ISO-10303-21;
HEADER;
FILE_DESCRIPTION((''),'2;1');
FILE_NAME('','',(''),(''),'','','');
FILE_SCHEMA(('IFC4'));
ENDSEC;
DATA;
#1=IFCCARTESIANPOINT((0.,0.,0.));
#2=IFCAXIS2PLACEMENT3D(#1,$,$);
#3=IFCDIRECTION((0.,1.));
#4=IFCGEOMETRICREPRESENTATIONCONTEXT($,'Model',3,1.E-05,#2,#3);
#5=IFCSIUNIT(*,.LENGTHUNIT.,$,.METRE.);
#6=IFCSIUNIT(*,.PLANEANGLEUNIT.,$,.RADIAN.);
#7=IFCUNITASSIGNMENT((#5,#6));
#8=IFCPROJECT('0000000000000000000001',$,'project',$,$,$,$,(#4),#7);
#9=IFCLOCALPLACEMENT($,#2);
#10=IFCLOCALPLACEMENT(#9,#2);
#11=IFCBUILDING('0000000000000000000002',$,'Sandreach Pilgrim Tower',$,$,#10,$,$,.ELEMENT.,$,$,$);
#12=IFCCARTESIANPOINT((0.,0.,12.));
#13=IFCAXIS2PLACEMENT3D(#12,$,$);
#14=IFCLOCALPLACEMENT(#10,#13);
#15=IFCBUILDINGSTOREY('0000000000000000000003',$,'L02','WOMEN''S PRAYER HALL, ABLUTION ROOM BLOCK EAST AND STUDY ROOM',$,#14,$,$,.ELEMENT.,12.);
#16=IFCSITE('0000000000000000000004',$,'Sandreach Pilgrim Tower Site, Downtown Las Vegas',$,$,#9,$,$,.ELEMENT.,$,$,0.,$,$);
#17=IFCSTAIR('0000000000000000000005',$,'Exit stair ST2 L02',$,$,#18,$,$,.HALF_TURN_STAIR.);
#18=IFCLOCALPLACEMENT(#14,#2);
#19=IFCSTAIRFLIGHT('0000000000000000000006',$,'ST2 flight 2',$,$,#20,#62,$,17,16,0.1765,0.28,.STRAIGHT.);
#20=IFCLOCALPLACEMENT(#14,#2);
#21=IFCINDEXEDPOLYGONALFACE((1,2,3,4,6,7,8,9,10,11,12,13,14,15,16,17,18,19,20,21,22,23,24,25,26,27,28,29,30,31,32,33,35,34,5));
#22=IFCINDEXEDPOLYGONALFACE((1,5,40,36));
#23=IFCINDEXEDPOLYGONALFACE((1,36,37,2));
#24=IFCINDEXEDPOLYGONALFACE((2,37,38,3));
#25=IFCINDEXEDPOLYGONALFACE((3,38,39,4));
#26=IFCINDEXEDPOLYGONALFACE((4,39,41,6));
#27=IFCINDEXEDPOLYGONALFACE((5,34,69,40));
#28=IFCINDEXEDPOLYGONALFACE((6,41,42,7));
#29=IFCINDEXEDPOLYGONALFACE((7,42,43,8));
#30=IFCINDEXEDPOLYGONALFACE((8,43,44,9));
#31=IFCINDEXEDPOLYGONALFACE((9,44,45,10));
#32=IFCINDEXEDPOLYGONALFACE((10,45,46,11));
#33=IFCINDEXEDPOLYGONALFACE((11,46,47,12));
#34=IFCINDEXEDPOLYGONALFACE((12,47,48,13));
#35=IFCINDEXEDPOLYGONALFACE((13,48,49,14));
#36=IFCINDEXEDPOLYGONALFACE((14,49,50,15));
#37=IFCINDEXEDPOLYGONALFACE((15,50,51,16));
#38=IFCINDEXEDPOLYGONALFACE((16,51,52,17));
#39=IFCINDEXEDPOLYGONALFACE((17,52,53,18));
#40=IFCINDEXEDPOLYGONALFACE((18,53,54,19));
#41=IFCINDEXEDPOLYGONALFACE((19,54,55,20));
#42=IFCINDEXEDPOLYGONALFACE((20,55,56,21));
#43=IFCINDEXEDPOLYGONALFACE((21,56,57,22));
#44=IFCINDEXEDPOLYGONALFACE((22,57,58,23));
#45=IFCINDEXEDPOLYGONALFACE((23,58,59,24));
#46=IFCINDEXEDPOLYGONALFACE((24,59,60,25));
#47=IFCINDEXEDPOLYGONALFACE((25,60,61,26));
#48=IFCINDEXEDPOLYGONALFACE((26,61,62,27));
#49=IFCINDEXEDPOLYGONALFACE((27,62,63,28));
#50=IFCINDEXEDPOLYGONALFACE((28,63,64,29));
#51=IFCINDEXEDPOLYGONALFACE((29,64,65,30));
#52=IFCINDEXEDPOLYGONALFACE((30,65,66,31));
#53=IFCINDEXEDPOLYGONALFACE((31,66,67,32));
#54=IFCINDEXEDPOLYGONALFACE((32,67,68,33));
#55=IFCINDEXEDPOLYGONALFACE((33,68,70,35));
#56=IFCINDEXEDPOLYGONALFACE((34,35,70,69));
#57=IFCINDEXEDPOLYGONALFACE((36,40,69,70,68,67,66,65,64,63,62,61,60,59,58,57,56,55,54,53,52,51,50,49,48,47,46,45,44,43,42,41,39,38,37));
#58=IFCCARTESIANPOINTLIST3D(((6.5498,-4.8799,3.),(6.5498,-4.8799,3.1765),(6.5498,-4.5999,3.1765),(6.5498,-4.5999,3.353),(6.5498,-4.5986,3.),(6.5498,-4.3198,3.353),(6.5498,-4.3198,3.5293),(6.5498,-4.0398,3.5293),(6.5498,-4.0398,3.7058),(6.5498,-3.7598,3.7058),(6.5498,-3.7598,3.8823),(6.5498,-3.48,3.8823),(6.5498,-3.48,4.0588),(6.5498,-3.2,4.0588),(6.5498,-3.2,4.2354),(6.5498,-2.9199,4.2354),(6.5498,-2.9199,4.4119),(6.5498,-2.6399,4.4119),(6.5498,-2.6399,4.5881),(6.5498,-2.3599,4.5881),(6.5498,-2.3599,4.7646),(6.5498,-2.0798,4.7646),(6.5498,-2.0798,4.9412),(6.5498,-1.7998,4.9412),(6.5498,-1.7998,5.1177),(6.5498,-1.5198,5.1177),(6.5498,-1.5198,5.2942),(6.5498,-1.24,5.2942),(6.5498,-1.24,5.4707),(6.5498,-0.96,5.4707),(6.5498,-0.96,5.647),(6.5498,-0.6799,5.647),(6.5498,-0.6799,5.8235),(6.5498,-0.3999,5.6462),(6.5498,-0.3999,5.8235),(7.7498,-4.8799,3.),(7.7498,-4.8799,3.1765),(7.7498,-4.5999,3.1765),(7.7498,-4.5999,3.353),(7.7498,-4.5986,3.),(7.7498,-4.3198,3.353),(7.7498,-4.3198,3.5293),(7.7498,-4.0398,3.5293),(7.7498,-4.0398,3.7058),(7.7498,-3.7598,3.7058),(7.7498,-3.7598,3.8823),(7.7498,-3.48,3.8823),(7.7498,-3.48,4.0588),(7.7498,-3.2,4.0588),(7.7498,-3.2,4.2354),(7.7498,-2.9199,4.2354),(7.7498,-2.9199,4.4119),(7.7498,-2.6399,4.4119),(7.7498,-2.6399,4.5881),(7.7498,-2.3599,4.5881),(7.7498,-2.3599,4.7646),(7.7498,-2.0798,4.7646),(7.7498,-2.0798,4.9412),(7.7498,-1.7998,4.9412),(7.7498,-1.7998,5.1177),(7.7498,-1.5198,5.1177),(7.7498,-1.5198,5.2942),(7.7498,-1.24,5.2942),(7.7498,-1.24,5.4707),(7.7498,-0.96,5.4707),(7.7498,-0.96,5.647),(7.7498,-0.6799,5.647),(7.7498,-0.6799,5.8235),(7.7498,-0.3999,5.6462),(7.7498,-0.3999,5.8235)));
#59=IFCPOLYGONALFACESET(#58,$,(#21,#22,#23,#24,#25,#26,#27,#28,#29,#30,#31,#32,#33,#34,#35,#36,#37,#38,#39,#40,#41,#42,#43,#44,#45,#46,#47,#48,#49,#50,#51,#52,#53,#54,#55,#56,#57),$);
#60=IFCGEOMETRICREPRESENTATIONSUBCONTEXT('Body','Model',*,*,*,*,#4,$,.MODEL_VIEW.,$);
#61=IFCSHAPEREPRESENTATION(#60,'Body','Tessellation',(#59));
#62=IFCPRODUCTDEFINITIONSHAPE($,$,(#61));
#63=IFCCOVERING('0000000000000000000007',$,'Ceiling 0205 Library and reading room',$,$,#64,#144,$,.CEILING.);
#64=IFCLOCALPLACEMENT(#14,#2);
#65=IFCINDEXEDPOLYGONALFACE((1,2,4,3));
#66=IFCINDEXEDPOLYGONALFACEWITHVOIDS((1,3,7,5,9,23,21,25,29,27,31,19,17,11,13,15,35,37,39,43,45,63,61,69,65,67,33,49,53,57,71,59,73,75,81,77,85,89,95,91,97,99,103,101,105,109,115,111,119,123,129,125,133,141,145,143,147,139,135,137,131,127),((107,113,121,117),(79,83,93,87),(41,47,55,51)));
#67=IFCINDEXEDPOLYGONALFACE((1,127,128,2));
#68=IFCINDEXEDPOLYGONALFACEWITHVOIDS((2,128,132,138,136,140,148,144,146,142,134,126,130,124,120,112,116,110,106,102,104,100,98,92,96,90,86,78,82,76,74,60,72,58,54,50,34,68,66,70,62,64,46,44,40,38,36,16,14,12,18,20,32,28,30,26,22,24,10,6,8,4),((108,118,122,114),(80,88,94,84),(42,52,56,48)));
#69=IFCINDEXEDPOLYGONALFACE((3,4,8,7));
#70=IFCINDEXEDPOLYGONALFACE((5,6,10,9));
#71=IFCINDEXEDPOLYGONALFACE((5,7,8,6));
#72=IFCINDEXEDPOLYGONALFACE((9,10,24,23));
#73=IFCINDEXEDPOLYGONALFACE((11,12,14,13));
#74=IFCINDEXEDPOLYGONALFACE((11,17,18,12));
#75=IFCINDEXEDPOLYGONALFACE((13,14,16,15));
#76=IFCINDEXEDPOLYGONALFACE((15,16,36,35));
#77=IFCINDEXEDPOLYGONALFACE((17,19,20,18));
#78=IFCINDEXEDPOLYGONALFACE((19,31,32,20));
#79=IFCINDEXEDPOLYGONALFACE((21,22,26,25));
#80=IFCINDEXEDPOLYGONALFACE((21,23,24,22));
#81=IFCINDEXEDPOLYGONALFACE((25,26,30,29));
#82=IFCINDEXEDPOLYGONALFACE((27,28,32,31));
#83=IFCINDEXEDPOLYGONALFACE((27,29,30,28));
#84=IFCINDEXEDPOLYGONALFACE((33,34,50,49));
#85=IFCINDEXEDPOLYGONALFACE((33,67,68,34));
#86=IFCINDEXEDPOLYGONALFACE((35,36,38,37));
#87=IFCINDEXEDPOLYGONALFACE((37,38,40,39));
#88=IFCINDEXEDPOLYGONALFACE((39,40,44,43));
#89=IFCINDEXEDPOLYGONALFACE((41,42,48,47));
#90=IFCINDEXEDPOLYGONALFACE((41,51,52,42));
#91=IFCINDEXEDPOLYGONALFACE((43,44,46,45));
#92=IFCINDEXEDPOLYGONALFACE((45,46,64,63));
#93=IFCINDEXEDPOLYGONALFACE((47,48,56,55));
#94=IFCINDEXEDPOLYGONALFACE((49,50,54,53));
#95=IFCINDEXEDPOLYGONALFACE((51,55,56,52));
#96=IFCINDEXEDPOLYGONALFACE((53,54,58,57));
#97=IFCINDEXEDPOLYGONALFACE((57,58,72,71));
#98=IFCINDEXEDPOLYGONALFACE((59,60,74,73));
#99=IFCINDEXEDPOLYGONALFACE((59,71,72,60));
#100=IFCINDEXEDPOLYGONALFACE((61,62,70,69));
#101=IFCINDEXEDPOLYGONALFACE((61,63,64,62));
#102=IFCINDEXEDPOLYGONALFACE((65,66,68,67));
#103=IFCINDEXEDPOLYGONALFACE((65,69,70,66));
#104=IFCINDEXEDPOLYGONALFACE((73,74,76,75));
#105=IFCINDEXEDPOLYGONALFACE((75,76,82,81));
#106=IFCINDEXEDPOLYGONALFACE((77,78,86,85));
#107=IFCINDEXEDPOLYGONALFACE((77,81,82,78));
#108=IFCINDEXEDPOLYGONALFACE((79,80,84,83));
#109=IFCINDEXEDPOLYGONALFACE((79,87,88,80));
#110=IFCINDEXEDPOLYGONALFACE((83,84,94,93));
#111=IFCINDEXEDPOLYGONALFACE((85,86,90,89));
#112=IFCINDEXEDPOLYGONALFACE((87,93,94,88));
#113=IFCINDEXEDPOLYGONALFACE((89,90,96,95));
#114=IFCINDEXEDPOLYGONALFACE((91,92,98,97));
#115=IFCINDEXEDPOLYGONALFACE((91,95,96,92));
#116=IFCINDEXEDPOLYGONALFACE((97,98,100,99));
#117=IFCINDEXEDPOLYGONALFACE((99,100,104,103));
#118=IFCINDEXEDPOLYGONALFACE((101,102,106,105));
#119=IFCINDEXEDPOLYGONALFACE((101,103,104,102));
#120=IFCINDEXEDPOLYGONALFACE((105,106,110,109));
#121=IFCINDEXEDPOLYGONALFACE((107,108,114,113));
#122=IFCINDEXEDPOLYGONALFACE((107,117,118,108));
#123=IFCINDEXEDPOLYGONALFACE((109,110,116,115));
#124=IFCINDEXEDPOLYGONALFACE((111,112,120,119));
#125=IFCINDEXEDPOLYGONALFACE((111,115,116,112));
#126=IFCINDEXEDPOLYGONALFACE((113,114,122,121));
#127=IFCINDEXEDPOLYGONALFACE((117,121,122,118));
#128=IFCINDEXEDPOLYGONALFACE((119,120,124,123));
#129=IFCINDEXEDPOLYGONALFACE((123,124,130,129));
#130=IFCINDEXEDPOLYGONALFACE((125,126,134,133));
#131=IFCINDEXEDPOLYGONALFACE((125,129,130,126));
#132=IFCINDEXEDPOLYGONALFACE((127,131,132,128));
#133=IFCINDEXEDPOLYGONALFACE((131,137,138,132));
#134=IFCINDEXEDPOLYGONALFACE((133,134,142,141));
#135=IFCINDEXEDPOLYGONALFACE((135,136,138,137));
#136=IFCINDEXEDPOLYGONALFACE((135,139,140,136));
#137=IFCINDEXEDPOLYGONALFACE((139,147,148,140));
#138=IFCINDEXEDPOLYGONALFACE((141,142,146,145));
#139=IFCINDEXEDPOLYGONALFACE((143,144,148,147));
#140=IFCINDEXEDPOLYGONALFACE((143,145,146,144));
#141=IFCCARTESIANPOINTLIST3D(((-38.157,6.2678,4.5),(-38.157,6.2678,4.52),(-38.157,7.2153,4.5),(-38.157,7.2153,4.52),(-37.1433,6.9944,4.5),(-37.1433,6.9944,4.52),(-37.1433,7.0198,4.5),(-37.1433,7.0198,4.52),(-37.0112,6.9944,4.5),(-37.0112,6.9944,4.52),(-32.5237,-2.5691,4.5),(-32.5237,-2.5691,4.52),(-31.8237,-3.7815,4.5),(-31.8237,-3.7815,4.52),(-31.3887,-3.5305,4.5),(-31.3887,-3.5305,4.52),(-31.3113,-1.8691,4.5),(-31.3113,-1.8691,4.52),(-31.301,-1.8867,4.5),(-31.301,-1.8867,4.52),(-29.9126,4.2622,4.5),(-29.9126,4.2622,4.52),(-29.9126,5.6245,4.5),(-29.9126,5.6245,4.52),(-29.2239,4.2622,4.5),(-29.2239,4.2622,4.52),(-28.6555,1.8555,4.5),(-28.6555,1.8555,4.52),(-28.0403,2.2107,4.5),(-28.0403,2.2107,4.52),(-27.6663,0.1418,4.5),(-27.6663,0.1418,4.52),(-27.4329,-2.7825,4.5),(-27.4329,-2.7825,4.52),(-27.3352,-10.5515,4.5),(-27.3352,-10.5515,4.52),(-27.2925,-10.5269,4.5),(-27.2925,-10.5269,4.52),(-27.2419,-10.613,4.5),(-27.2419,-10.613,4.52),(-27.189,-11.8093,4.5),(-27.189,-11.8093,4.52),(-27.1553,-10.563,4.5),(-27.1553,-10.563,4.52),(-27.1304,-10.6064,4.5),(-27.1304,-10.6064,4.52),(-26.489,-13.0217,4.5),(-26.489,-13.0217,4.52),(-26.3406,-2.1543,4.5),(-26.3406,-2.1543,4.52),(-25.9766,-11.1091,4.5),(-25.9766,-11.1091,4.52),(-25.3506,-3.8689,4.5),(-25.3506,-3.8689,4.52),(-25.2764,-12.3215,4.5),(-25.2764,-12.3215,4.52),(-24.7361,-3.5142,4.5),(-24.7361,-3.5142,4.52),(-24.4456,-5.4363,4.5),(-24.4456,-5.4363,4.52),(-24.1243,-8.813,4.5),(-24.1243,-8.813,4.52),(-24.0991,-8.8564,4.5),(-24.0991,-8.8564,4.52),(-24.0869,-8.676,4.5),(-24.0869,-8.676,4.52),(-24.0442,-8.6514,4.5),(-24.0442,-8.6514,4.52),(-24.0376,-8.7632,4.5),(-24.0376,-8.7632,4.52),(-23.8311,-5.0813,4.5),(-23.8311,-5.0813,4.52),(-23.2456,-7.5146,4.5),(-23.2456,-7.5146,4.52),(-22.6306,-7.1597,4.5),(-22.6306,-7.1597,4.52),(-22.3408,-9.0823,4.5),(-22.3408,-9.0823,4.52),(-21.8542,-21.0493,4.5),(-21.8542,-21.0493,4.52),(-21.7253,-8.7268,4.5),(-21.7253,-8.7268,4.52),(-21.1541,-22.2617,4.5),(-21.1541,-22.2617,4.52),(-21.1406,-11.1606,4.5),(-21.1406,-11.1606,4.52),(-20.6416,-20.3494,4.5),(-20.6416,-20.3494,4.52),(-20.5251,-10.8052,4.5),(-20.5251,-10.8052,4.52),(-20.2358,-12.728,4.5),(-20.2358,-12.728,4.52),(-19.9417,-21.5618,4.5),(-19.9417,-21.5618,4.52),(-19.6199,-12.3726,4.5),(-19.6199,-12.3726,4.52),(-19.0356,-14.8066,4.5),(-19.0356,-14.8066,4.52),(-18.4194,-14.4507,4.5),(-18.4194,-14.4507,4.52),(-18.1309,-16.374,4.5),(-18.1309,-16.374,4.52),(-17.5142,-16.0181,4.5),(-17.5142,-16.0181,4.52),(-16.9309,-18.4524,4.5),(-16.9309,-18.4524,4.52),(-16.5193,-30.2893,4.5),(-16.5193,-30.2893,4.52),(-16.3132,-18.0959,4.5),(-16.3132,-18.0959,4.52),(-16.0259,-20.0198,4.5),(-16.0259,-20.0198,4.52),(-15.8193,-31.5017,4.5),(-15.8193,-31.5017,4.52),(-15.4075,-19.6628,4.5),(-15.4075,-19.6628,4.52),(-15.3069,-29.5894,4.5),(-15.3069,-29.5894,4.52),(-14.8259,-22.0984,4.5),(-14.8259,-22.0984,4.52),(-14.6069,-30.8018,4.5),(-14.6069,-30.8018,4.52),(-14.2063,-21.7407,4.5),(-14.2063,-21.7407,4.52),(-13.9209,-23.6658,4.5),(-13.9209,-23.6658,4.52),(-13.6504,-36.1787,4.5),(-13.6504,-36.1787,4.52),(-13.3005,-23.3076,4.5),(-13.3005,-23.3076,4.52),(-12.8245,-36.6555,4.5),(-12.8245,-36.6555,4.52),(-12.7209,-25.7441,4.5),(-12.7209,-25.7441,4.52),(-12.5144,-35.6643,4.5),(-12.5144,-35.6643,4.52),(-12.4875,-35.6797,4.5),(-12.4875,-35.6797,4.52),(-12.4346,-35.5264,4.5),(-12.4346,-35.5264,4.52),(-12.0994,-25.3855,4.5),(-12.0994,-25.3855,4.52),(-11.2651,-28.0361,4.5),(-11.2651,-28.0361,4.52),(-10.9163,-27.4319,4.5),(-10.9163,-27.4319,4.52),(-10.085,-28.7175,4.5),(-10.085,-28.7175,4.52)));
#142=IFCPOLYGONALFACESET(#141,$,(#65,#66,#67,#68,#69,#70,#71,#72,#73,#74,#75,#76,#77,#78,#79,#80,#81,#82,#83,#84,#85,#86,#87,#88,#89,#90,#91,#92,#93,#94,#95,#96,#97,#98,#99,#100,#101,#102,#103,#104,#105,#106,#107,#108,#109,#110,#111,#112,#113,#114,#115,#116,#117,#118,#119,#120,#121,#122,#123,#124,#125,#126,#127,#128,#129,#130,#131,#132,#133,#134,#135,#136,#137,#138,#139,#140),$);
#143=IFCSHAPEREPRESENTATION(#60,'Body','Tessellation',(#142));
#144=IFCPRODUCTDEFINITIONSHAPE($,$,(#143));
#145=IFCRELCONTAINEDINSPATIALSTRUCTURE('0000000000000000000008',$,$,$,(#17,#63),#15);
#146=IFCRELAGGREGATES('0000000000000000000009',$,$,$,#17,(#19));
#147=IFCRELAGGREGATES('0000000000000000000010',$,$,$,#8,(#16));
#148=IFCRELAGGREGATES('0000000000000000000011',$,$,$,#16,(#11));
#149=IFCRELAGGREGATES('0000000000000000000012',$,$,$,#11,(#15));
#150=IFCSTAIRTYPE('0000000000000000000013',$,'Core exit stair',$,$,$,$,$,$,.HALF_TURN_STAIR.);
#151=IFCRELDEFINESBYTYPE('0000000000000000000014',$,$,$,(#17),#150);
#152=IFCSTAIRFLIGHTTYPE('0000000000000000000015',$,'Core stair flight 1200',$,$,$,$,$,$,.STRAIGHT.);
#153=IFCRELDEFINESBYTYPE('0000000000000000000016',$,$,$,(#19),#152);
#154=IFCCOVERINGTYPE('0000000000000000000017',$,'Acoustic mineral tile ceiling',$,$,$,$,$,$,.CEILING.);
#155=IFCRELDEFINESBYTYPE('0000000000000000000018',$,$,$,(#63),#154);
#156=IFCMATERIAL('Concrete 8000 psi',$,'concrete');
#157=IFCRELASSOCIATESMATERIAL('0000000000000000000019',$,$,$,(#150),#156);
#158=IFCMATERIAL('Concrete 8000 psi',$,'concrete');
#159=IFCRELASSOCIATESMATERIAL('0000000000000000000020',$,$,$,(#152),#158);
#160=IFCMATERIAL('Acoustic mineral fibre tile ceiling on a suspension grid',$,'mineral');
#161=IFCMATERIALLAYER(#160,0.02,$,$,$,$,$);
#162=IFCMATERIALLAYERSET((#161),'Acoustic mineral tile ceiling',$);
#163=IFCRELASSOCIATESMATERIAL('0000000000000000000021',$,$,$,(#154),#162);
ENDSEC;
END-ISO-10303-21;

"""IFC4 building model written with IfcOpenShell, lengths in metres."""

from ifc_helpers import new_model, si_unit, direction, frame, origin, place, context, subcontext, project, spatial, polyline, outline, extrude, material, layer, layer_set, type_object, element, aggregate, save


model = new_model("IFC4")

# Units and contexts
model_context = context("Model", 3, precision=1e-05, world=origin(), true_north=direction((0.0, 1.0)))
body_context = subcontext(model_context, "Body", "Model", "MODEL_VIEW")
ifc_project = project(units=[si_unit("LENGTHUNIT", "METRE"), si_unit("PLANEANGLEUNIT", "RADIAN")], contexts=[model_context])

# Site, building, storey
site_placement = place(None, origin())
site = spatial("IfcSite", under=ifc_project, at=site_placement, Name="Sandreach Pilgrim Tower Site, Downtown Las Vegas", CompositionType="ELEMENT", RefElevation=0.0)
building_placement = place(site_placement, origin())
building = spatial("IfcBuilding", under=site, at=building_placement, Name="Sandreach Pilgrim Tower", CompositionType="ELEMENT")
storey_placement = place(building_placement, frame((0.0, 0.0, 12.0)))
storey = spatial("IfcBuildingStorey", under=building, at=storey_placement, Name="L02", Description="WOMEN'S PRAYER HALL, ABLUTION ROOM BLOCK EAST AND STUDY ROOM", CompositionType="ELEMENT", Elevation=12.0)

# Shared definitions
ifc_material_1 = material(Name="Concrete 8000 psi", Category="concrete")
stair_type = type_object("IfcStairType", Name="Core exit stair", PredefinedType="HALF_TURN_STAIR", material=ifc_material_1)
ifc_material_2 = material(Name="Concrete 8000 psi", Category="concrete")
stair_flight_type = type_object("IfcStairFlightType", Name="Core stair flight 1200", PredefinedType="STRAIGHT", material=ifc_material_2)

# Stair, stair flight
stair_1_placement = place(storey_placement, origin())
stair_1 = element("IfcStair", 1, at=stair_1_placement, inside=storey, type_object=stair_type, Name="Exit stair ST2 L02", PredefinedType="HALF_TURN_STAIR")
stair_flight_1_placement = place(storey_placement, frame((7.1499, -4.8799, 3.0), z_axis=(0.0, 0.0, 1.0), x_axis=(0.0, 1.0, 0.0)))
stair_flight_1 = element("IfcStairFlight", 2, at=stair_flight_1_placement, type_object=stair_flight_type, Name="ST2 flight 2", NumberOfRisers=17, NumberOfTreads=16, PredefinedType="STRAIGHT", RiserHeight=0.1765, TreadLength=0.28, context=body_context, shape_type="SweptSolid", body=[
    extrude(outline(polyline([(0.0, 0.0), (0.0, 0.1765), (0.28, 0.1765), (0.28, 0.353), (0.5601, 0.353), (0.5601, 0.5293), (0.8401, 0.5293), (0.8401, 0.7058), (1.1201, 0.7058), (1.1201, 0.8823), (1.3999, 0.8823), (1.3999, 1.0588), (1.6799, 1.0588), (1.6799, 1.2354), (1.96, 1.2354), (1.96, 1.4119), (2.24, 1.4119), (2.24, 1.5881), (2.52, 1.5881), (2.52, 1.7646), (2.8, 1.7646), (2.8, 1.9412), (3.0801, 1.9412), (3.0801, 2.1177), (3.3601, 2.1177), (3.3601, 2.2942), (3.6399, 2.2942), (3.6399, 2.4707), (3.9199, 2.4707), (3.9199, 2.647), (4.2, 2.647), (4.2, 2.8235), (4.48, 2.8235), (4.48, 3.0), (4.48, 2.6462), (0.2812, 0.0), (0.0, 0.0)])), frame((0.0, 0.6001, 0.0), z_axis=(0.0, -1.0, 0.0), x_axis=(1.0, 0.0, 0.0)), (0.0, 0.0, 1.0), 1.2),
])
aggregate(stair_1, [stair_flight_1])

# Covering
ifc_material_3 = material(Name="Acoustic mineral fibre tile ceiling on a suspension grid", Category="mineral")
ifc_layer_1 = layer(ifc_material_3, 0.02)
ifc_layer_set_1 = layer_set([ifc_layer_1], Name="Acoustic mineral tile ceiling")
covering_type_1 = type_object("IfcCoveringType", Name="Acoustic mineral tile ceiling", PredefinedType="CEILING", material=ifc_layer_set_1)
covering_1_placement = place(storey_placement, frame((0.0, 0.0, 4.5)))
element("IfcCovering", 3, at=covering_1_placement, inside=storey, type_object=covering_type_1, Name="Ceiling 0205 Library and reading room", PredefinedType="CEILING", context=body_context, shape_type="SweptSolid", body=[
    extrude(outline(polyline([(-38.157, 6.2678), (-38.157, 7.2153), (-37.1433, 7.0198), (-37.1433, 6.9944), (-37.0112, 6.9944), (-29.9126, 5.6245), (-29.9126, 4.2622), (-29.2239, 4.2622), (-28.0403, 2.2107), (-28.6555, 1.8555), (-27.6663, 0.1418), (-31.301, -1.8867), (-31.3113, -1.8691), (-32.5237, -2.5691), (-31.8237, -3.7815), (-31.3887, -3.5305), (-27.3352, -10.5515), (-27.2925, -10.5269), (-27.2419, -10.613), (-27.1553, -10.563), (-27.1304, -10.6064), (-24.0991, -8.8564), (-24.1243, -8.813), (-24.0376, -8.7632), (-24.0869, -8.676), (-24.0442, -8.6514), (-27.4329, -2.7825), (-26.3406, -2.1543), (-25.3506, -3.8689), (-24.7361, -3.5142), (-23.8311, -5.0813), (-24.4456, -5.4363), (-23.2456, -7.5146), (-22.6306, -7.1597), (-21.7253, -8.7268), (-22.3408, -9.0823), (-21.1406, -11.1606), (-20.5251, -10.8052), (-19.6199, -12.3726), (-20.2358, -12.728), (-19.0356, -14.8066), (-18.4194, -14.4507), (-17.5142, -16.0181), (-18.1309, -16.374), (-16.9309, -18.4524), (-16.3132, -18.0959), (-15.4075, -19.6628), (-16.0259, -20.0198), (-14.8259, -22.0984), (-14.2063, -21.7407), (-13.3005, -23.3076), (-13.9209, -23.6658), (-12.7209, -25.7441), (-12.0994, -25.3855), (-10.9163, -27.4319), (-11.2651, -28.0361), (-10.085, -28.7175), (-12.4346, -35.5264), (-12.5144, -35.6643), (-12.4875, -35.6797), (-12.8245, -36.6555), (-13.6504, -36.1787), (-38.157, 6.2678)]), holes=[polyline([(-16.5193, -30.2893), (-15.8193, -31.5017), (-14.6069, -30.8018), (-15.3069, -29.5894), (-16.5193, -30.2893)]), polyline([(-21.1541, -22.2617), (-19.9417, -21.5618), (-20.6416, -20.3494), (-21.8542, -21.0493), (-21.1541, -22.2617)]), polyline([(-26.489, -13.0217), (-25.2764, -12.3215), (-25.9766, -11.1091), (-27.189, -11.8093), (-26.489, -13.0217)])]), origin(), (0.0, 0.0, 1.0), 0.02),
])

save(model, "model.ifc")
